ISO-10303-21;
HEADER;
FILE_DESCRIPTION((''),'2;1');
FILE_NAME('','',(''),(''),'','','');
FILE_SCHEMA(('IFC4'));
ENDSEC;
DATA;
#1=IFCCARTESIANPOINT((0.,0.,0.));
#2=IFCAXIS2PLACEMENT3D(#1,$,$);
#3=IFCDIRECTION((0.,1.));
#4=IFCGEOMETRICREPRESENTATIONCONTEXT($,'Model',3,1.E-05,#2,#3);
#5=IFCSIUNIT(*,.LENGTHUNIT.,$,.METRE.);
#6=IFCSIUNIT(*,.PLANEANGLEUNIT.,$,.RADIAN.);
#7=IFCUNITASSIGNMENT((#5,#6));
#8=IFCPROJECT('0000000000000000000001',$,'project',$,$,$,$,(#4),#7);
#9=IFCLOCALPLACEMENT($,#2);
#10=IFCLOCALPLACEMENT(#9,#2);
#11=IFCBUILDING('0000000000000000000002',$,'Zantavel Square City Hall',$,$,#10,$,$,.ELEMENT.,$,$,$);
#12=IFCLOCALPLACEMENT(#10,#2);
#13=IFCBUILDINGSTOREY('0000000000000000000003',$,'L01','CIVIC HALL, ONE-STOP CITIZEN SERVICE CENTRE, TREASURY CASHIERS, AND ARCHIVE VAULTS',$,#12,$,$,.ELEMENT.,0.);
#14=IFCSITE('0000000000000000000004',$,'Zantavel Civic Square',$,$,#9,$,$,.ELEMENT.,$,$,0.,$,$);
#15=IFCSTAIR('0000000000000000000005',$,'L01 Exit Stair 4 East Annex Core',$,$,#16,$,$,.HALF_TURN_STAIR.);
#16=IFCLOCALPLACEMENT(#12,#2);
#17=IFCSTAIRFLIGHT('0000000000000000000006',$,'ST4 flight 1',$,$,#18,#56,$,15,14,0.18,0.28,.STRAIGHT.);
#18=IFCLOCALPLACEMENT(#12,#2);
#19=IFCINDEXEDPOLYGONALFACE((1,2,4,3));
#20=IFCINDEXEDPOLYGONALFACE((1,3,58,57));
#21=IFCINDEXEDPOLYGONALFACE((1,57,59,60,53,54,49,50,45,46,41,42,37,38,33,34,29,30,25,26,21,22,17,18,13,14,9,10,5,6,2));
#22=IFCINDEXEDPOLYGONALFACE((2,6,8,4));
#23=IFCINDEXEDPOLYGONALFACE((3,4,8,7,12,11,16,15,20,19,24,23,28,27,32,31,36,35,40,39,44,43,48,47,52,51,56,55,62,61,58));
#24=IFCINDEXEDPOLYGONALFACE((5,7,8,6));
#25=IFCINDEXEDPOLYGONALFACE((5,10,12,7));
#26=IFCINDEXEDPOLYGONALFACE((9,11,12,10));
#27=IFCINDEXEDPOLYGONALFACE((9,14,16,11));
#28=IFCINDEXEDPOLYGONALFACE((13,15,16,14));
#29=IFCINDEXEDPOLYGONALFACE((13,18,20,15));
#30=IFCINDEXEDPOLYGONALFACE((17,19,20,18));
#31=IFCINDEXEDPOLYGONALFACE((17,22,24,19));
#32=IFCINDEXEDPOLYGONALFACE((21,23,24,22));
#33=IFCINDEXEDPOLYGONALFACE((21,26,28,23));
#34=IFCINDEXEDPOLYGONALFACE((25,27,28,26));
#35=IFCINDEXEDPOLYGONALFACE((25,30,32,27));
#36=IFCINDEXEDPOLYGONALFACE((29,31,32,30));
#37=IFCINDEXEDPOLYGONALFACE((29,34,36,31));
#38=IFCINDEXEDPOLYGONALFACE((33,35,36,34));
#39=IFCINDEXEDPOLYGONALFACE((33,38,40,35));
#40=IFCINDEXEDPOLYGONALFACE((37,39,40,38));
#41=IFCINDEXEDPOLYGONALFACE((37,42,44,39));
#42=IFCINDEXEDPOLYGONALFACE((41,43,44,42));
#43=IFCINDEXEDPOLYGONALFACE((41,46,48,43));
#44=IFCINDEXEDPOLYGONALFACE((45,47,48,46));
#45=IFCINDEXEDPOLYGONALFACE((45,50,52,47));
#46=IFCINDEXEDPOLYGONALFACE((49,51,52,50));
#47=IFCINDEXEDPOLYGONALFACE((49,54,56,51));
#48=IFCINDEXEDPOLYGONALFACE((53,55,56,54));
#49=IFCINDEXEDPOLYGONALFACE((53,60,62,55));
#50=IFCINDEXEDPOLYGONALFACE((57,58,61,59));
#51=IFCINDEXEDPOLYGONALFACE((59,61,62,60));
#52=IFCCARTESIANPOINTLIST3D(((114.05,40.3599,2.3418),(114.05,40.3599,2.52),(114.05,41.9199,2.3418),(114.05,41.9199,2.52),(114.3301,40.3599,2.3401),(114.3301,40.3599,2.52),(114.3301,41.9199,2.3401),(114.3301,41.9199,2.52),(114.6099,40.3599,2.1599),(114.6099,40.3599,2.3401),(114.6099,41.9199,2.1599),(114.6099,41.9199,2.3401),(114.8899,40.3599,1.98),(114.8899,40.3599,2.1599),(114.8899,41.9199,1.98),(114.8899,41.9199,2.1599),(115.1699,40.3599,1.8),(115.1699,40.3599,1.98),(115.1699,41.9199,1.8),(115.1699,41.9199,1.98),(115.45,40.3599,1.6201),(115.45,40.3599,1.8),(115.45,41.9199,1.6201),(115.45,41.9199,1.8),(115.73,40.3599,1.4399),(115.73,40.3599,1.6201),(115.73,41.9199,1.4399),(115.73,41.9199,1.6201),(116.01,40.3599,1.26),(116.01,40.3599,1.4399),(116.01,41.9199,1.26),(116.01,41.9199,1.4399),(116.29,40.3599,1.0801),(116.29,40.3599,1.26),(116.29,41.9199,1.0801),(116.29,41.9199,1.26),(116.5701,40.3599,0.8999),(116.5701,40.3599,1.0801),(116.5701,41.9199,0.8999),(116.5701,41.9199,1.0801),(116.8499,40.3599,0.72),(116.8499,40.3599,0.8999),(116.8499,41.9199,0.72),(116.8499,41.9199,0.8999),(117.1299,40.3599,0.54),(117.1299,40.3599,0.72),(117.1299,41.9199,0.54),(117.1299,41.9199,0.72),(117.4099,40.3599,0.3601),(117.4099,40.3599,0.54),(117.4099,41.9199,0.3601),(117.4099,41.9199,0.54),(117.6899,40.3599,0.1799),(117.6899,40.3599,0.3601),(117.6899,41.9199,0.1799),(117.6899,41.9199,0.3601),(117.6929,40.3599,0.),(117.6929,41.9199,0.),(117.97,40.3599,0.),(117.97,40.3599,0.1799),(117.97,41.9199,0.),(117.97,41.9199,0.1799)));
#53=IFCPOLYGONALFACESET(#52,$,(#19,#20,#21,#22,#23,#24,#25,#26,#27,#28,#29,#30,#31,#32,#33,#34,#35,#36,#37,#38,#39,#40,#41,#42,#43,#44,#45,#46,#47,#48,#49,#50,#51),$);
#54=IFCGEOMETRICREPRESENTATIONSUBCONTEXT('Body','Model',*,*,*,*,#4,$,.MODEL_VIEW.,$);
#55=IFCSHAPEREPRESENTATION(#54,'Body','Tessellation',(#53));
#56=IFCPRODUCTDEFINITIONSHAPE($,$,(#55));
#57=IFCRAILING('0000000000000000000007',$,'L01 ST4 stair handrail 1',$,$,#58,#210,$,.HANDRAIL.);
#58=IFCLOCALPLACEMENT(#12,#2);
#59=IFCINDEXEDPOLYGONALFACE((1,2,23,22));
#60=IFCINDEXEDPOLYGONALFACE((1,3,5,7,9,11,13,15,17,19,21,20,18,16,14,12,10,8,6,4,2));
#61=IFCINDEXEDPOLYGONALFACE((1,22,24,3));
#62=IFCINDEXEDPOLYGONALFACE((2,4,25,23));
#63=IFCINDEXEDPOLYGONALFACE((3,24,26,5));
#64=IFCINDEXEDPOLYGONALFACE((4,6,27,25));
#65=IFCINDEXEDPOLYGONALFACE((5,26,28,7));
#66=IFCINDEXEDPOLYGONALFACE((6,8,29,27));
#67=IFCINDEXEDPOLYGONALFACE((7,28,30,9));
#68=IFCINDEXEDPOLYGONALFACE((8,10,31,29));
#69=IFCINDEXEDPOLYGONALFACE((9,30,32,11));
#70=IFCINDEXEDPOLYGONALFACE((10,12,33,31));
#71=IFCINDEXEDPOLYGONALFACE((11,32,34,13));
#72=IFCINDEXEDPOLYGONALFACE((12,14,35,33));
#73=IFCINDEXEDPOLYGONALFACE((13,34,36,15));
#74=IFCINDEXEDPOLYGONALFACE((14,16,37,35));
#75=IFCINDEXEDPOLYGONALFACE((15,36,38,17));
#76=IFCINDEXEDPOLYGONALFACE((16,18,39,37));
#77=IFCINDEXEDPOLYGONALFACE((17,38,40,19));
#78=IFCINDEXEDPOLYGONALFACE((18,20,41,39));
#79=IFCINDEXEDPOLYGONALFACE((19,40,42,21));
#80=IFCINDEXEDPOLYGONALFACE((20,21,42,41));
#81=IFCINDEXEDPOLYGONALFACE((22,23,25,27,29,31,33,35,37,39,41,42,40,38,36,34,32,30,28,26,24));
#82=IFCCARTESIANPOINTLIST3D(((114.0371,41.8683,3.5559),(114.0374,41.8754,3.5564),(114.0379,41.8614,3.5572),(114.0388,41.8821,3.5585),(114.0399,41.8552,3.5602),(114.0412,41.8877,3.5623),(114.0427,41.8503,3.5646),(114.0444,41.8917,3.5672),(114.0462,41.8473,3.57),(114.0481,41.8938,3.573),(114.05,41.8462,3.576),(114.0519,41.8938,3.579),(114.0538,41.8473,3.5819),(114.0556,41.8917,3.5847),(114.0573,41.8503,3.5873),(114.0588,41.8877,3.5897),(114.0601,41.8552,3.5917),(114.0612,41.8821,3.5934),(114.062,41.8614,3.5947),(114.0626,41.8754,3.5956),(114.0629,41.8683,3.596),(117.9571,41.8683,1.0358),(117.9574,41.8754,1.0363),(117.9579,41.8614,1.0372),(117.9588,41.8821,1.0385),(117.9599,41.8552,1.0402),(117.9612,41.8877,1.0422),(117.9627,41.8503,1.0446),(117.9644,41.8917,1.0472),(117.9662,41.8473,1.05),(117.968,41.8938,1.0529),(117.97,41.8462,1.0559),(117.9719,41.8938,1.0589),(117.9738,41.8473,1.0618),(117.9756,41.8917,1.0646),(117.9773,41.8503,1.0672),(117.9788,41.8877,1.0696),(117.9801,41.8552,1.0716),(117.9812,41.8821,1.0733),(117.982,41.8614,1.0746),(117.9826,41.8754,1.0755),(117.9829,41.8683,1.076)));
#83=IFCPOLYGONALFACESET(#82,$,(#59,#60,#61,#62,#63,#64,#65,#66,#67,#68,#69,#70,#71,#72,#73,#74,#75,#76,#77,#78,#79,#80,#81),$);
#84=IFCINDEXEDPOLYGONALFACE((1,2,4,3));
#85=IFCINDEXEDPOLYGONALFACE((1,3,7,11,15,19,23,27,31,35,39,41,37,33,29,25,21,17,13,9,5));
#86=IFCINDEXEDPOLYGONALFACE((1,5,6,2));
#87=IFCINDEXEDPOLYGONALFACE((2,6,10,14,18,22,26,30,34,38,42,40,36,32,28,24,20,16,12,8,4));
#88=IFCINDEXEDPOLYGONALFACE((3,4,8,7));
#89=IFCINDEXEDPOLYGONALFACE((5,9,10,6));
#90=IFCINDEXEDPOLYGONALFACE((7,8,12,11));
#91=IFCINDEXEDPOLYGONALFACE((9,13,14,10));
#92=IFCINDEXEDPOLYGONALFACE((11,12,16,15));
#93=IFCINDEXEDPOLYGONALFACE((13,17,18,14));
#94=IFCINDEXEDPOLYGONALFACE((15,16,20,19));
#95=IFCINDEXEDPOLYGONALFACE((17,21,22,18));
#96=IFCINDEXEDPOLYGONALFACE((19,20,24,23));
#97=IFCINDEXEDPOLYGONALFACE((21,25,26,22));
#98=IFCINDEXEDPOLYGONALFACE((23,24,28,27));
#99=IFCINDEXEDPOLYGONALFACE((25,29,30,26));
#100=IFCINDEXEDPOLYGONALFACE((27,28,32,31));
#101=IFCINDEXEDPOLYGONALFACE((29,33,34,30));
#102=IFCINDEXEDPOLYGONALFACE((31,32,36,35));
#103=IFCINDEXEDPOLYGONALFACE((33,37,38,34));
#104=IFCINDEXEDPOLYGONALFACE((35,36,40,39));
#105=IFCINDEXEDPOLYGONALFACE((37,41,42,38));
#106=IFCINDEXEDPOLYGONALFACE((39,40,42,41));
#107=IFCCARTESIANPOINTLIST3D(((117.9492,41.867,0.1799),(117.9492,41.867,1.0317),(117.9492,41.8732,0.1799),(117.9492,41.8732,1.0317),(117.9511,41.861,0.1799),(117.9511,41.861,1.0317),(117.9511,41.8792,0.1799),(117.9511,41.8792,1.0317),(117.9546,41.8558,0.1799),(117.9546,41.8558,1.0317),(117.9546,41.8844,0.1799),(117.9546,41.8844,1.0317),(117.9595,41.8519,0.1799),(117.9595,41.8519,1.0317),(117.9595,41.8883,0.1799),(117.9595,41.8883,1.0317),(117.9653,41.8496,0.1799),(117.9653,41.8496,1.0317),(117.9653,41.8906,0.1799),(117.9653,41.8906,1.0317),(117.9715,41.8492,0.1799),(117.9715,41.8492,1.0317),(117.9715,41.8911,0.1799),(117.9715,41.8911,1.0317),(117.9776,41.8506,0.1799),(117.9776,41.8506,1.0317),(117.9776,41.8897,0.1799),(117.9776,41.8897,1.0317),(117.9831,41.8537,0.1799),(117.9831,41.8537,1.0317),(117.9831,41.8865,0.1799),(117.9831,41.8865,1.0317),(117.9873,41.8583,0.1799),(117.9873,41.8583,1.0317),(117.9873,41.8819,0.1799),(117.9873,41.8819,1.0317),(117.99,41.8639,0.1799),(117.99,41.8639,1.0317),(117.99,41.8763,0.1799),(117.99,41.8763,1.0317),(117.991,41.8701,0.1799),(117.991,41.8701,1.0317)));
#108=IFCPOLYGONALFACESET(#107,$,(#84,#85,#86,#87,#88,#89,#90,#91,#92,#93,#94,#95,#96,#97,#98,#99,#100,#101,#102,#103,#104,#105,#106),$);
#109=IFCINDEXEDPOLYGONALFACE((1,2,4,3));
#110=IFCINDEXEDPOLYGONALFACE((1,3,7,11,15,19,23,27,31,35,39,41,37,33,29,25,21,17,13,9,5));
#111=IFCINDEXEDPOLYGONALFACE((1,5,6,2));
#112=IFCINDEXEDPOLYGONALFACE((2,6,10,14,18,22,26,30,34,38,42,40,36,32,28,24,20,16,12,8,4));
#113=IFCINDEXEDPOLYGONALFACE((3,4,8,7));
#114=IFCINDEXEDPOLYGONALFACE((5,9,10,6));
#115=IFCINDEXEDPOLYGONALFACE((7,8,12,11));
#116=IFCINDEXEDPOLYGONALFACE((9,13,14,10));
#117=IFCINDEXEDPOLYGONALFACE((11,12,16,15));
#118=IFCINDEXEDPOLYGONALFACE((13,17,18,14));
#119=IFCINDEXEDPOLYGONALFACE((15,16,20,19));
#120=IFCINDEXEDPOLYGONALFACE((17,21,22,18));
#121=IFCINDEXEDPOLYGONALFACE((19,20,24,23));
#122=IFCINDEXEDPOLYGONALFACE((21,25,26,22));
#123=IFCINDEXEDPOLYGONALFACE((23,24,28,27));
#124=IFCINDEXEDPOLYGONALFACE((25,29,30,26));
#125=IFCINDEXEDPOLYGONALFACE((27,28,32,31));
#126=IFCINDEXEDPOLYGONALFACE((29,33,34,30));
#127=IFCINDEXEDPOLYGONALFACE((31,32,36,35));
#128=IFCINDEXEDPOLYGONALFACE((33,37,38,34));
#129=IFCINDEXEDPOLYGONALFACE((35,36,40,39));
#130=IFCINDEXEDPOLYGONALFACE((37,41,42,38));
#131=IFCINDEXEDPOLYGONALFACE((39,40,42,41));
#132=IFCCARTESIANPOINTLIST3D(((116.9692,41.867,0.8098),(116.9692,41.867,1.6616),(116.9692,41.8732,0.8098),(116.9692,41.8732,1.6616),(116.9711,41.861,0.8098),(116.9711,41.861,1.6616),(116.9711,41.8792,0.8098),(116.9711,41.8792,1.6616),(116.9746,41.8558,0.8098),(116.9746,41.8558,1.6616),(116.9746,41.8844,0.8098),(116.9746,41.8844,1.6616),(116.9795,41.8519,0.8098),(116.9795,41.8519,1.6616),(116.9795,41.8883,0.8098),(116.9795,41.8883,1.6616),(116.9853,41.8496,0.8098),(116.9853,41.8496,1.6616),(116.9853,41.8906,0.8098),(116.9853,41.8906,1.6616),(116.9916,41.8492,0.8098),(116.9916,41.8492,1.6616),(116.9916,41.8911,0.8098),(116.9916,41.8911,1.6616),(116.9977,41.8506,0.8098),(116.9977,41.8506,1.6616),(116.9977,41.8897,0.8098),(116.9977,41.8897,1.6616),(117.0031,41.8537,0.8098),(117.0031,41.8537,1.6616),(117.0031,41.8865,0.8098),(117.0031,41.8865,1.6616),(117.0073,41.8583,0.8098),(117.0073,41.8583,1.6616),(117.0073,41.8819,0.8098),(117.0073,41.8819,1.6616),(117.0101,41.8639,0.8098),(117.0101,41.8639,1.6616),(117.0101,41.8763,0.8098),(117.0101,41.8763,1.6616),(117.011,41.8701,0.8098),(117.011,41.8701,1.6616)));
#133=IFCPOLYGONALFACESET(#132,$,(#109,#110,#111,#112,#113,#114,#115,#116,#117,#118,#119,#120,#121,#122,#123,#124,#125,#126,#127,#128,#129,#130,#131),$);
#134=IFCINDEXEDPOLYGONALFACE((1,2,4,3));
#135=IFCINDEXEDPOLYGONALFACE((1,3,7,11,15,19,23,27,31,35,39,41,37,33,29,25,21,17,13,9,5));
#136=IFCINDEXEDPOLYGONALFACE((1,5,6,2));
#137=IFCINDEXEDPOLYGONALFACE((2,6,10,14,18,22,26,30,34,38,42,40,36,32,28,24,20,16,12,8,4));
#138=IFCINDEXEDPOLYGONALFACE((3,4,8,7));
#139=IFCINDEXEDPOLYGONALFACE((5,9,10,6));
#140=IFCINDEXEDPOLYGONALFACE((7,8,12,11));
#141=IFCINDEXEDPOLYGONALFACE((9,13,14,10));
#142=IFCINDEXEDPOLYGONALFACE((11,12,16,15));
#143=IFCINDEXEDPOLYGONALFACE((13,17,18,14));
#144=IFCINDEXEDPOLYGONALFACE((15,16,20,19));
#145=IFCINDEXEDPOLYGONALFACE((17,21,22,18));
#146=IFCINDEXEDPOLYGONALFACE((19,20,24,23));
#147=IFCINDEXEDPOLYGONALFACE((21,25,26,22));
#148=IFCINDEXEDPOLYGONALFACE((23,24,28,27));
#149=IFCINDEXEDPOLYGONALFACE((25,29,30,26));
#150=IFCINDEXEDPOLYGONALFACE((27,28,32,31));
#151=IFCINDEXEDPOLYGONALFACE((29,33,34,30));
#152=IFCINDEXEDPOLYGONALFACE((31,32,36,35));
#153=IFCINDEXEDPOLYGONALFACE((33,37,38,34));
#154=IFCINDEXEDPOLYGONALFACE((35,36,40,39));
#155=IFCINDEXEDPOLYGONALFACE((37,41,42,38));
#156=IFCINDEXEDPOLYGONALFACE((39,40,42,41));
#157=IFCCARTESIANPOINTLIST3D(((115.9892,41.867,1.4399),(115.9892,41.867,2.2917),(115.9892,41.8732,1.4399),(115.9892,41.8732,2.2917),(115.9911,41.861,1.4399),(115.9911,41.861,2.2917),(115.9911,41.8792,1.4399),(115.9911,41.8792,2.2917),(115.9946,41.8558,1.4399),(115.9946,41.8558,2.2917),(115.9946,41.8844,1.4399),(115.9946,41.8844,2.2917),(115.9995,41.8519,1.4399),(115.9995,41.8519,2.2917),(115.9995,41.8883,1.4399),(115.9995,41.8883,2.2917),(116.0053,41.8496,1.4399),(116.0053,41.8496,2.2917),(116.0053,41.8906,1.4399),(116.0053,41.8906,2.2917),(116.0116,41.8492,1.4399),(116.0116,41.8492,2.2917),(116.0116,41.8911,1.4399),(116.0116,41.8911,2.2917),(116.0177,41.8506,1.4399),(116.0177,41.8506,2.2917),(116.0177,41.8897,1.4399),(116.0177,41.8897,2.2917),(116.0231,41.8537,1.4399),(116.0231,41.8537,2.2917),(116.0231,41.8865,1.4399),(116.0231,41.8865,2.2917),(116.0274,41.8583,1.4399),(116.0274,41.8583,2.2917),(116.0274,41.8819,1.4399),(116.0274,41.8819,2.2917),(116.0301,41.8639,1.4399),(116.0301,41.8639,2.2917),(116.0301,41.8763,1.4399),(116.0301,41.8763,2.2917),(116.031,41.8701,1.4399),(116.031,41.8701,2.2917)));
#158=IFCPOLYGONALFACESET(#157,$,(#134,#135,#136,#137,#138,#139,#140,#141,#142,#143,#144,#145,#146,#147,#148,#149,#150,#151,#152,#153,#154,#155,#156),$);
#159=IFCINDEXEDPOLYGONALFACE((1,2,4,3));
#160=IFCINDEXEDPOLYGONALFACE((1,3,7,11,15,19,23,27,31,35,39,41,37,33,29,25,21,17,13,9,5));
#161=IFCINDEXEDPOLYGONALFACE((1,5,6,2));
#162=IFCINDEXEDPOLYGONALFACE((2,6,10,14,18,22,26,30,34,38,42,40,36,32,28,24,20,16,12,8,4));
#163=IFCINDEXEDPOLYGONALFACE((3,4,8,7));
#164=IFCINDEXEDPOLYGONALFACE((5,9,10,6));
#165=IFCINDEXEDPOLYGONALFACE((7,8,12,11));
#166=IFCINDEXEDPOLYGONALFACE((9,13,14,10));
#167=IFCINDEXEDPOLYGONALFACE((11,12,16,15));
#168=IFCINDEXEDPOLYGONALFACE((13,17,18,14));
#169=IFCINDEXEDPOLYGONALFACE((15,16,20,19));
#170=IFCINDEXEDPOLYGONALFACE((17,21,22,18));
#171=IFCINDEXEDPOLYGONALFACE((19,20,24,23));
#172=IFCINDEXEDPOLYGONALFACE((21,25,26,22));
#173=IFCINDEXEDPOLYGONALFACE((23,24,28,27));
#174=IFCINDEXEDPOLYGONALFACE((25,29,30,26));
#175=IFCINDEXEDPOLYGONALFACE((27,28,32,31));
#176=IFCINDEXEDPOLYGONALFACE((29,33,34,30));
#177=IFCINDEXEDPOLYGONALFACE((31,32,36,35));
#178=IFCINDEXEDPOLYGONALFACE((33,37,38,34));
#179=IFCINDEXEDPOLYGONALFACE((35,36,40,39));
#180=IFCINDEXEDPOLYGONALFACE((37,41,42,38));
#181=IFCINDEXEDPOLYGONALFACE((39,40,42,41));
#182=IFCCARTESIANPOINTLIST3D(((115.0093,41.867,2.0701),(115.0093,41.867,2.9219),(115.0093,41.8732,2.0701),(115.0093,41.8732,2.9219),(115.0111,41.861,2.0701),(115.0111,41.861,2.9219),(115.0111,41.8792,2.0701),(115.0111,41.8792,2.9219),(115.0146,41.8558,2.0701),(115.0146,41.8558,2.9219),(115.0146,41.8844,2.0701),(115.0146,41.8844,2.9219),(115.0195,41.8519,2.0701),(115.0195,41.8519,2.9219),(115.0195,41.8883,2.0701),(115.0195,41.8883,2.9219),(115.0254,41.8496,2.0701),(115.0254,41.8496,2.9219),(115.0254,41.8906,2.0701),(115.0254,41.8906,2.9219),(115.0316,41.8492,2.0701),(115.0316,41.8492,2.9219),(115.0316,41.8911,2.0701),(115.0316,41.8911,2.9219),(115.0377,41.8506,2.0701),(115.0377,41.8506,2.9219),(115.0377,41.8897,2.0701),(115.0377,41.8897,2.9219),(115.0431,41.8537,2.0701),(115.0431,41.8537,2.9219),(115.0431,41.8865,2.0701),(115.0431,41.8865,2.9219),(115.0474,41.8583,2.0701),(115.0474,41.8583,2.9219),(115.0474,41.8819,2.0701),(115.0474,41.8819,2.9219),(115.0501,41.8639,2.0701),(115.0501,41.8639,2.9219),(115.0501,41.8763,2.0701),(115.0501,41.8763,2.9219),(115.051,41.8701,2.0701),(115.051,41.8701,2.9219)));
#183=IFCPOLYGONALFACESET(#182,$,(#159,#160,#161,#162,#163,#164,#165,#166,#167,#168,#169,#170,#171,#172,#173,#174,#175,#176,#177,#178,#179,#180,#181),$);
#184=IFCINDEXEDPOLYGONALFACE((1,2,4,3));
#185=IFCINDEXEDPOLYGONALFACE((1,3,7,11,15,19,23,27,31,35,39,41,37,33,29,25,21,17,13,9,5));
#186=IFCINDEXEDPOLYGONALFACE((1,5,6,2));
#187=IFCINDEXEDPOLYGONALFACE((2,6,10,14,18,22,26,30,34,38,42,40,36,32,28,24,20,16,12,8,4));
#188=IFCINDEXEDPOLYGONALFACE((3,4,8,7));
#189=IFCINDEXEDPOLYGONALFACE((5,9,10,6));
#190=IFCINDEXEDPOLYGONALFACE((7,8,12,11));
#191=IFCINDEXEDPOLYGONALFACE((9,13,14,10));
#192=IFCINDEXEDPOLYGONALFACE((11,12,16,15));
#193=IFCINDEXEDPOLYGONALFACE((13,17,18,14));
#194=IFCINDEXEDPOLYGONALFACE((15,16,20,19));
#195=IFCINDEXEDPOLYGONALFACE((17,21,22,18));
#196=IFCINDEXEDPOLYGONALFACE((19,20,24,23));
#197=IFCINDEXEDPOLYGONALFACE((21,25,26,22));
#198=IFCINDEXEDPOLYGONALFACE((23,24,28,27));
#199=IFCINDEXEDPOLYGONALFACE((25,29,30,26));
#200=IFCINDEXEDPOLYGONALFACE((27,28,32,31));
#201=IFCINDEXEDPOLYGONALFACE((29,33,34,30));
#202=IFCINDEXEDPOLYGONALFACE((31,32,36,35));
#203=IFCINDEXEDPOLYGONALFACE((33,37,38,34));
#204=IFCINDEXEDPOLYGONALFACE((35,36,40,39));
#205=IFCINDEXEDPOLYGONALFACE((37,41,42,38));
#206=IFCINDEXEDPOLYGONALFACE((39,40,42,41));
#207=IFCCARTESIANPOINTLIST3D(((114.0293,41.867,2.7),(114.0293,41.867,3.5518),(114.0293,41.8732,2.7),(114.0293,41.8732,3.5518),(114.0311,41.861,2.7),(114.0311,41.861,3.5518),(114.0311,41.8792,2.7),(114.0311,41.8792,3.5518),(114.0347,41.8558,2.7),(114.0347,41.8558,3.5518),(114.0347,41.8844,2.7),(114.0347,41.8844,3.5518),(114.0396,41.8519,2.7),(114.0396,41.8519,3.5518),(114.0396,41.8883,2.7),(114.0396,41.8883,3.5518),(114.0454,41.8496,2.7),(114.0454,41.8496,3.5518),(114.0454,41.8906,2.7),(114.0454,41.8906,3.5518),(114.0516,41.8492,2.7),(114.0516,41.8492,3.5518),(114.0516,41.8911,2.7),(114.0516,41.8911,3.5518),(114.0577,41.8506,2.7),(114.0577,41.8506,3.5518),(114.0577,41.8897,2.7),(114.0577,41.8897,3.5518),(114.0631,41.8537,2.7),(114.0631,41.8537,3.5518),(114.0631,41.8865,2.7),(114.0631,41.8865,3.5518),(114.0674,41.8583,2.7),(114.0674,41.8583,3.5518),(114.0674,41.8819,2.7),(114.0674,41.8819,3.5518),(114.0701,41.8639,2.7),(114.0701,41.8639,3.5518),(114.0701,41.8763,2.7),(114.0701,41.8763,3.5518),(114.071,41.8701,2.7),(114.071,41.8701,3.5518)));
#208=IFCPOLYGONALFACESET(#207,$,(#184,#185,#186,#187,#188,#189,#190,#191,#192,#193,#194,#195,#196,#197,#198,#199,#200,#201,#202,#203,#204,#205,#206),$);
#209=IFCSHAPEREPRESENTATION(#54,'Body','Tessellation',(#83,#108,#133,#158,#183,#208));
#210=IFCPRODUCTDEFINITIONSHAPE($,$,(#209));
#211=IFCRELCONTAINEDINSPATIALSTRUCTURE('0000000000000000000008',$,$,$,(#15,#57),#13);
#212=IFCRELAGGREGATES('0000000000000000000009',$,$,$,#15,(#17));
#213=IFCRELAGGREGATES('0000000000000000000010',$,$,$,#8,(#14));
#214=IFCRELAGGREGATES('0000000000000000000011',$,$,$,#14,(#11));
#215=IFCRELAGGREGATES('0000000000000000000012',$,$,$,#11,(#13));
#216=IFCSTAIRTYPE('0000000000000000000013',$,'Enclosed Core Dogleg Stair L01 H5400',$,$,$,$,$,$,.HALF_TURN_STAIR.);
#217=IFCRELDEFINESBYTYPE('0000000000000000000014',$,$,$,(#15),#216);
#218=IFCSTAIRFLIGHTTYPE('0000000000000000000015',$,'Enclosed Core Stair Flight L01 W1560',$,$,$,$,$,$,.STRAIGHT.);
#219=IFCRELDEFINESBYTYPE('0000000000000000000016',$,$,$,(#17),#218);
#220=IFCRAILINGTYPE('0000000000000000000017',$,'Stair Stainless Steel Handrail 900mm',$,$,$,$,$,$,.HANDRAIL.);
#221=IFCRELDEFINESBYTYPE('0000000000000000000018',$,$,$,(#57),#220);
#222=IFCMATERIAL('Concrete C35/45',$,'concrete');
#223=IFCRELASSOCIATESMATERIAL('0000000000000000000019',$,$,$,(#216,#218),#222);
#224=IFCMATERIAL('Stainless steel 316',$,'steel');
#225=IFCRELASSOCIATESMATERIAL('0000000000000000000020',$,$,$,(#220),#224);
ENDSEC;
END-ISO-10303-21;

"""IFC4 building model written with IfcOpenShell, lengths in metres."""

from ifc_helpers import new_model, si_unit, direction, frame, origin, origin_2d, place, context, subcontext, project, spatial, polyline, circle, outline, extrude, material, type_object, element, aggregate, save


model = new_model("IFC4")

# Units and contexts
model_context = context("Model", 3, precision=1e-05, world=origin(), true_north=direction((0.0, 1.0)))
body_context = subcontext(model_context, "Body", "Model", "MODEL_VIEW")
ifc_project = project(units=[si_unit("LENGTHUNIT", "METRE"), si_unit("PLANEANGLEUNIT", "RADIAN")], contexts=[model_context])

# Site, building, storey
site_placement = place(None, origin())
site = spatial("IfcSite", under=ifc_project, at=site_placement, Name="Zantavel Civic Square", CompositionType="ELEMENT", RefElevation=0.0)
building_placement = place(site_placement, origin())
building = spatial("IfcBuilding", under=site, at=building_placement, Name="Zantavel Square City Hall", CompositionType="ELEMENT")
storey_placement = place(building_placement, origin())
storey = spatial("IfcBuildingStorey", under=building, at=storey_placement, Name="L01", Description="CIVIC HALL, ONE-STOP CITIZEN SERVICE CENTRE, TREASURY CASHIERS, AND ARCHIVE VAULTS", CompositionType="ELEMENT", Elevation=0.0)

# Shared definitions
ifc_material_1 = material(Name="Concrete C35/45", Category="concrete")

# Stair, stair flight
stair_type = type_object("IfcStairType", Name="Enclosed Core Dogleg Stair L01 H5400", PredefinedType="HALF_TURN_STAIR", material=ifc_material_1)
stair_placement = place(storey_placement, origin())
stair = element("IfcStair", 1, at=stair_placement, inside=storey, type_object=stair_type, Name="L01 Exit Stair 4 East Annex Core", PredefinedType="HALF_TURN_STAIR")
stair_flight_type = type_object("IfcStairFlightType", Name="Enclosed Core Stair Flight L01 W1560", PredefinedType="STRAIGHT", material=ifc_material_1)
stair_flight_placement = place(storey_placement, frame((117.97, 41.1399, 0.0), z_axis=(0.0, 0.0, 1.0), x_axis=(-1.0, 0.0, 0.0)))
stair_flight = element("IfcStairFlight", 2, at=stair_flight_placement, type_object=stair_flight_type, Name="ST4 flight 1", NumberOfRisers=15, NumberOfTreads=14, PredefinedType="STRAIGHT", RiserHeight=0.18, TreadLength=0.28, context=body_context, shape_type="SweptSolid", body=[
    extrude(outline(polyline([(0.0, 0.0), (0.0, 0.1799), (0.28, 0.1799), (0.28, 0.3601), (0.5601, 0.3601), (0.5601, 0.54), (0.8401, 0.54), (0.8401, 0.72), (1.1201, 0.72), (1.1201, 0.8999), (1.3999, 0.8999), (1.3999, 1.0801), (1.6799, 1.0801), (1.6799, 1.26), (1.96, 1.26), (1.96, 1.4399), (2.24, 1.4399), (2.24, 1.6201), (2.52, 1.6201), (2.52, 1.8), (2.8, 1.8), (2.8, 1.98), (3.0801, 1.98), (3.0801, 2.1599), (3.3601, 2.1599), (3.3601, 2.3401), (3.6399, 2.3401), (3.6399, 2.52), (3.9199, 2.52), (3.9199, 2.7), (3.9199, 2.3418), (0.2771, 0.0), (0.0, 0.0)])), frame((0.0, 0.78, 0.0), z_axis=(0.0, -1.0, 0.0), x_axis=(1.0, 0.0, 0.0)), (0.0, 0.0, 1.0), 1.5601),
])
aggregate(stair, [stair_flight])

# Railing
ifc_material_2 = material(Name="Stainless steel 316", Category="steel")
railing_type = type_object("IfcRailingType", Name="Stair Stainless Steel Handrail 900mm", PredefinedType="HANDRAIL", material=ifc_material_2)
railing_placement = place(storey_placement, frame((117.97, 41.8701, 0.1799)))
element("IfcRailing", 3, at=railing_placement, inside=storey, type_object=railing_type, Name="L01 ST4 stair handrail 1", PredefinedType="HANDRAIL", context=body_context, shape_type="SweptSolid", body=[
    extrude(circle(Radius=0.0239, at=origin_2d()), frame((0.0, 0.0, 0.876), z_axis=(-0.841172, 0.0, 0.540768), x_axis=(0.0, -1.0, 0.0)), (0.0, 0.0, 1.0), 4.6602),
    extrude(circle(Radius=0.021, at=origin_2d()), origin(), (0.0, 0.0, 1.0), 0.8518),
    extrude(circle(Radius=0.021, at=origin_2d()), frame((-0.98, 0.0, 0.6299)), (0.0, 0.0, 1.0), 0.8518),
    extrude(circle(Radius=0.021, at=origin_2d()), frame((-1.96, 0.0, 1.26)), (0.0, 0.0, 1.0), 0.8518),
    extrude(circle(Radius=0.021, at=origin_2d()), frame((-2.9399, 0.0, 1.8901)), (0.0, 0.0, 1.0), 0.8518),
    extrude(circle(Radius=0.021, at=origin_2d()), frame((-3.9199, 0.0, 2.52)), (0.0, 0.0, 1.0), 0.8518),
])

save(model, "model.ifc")
